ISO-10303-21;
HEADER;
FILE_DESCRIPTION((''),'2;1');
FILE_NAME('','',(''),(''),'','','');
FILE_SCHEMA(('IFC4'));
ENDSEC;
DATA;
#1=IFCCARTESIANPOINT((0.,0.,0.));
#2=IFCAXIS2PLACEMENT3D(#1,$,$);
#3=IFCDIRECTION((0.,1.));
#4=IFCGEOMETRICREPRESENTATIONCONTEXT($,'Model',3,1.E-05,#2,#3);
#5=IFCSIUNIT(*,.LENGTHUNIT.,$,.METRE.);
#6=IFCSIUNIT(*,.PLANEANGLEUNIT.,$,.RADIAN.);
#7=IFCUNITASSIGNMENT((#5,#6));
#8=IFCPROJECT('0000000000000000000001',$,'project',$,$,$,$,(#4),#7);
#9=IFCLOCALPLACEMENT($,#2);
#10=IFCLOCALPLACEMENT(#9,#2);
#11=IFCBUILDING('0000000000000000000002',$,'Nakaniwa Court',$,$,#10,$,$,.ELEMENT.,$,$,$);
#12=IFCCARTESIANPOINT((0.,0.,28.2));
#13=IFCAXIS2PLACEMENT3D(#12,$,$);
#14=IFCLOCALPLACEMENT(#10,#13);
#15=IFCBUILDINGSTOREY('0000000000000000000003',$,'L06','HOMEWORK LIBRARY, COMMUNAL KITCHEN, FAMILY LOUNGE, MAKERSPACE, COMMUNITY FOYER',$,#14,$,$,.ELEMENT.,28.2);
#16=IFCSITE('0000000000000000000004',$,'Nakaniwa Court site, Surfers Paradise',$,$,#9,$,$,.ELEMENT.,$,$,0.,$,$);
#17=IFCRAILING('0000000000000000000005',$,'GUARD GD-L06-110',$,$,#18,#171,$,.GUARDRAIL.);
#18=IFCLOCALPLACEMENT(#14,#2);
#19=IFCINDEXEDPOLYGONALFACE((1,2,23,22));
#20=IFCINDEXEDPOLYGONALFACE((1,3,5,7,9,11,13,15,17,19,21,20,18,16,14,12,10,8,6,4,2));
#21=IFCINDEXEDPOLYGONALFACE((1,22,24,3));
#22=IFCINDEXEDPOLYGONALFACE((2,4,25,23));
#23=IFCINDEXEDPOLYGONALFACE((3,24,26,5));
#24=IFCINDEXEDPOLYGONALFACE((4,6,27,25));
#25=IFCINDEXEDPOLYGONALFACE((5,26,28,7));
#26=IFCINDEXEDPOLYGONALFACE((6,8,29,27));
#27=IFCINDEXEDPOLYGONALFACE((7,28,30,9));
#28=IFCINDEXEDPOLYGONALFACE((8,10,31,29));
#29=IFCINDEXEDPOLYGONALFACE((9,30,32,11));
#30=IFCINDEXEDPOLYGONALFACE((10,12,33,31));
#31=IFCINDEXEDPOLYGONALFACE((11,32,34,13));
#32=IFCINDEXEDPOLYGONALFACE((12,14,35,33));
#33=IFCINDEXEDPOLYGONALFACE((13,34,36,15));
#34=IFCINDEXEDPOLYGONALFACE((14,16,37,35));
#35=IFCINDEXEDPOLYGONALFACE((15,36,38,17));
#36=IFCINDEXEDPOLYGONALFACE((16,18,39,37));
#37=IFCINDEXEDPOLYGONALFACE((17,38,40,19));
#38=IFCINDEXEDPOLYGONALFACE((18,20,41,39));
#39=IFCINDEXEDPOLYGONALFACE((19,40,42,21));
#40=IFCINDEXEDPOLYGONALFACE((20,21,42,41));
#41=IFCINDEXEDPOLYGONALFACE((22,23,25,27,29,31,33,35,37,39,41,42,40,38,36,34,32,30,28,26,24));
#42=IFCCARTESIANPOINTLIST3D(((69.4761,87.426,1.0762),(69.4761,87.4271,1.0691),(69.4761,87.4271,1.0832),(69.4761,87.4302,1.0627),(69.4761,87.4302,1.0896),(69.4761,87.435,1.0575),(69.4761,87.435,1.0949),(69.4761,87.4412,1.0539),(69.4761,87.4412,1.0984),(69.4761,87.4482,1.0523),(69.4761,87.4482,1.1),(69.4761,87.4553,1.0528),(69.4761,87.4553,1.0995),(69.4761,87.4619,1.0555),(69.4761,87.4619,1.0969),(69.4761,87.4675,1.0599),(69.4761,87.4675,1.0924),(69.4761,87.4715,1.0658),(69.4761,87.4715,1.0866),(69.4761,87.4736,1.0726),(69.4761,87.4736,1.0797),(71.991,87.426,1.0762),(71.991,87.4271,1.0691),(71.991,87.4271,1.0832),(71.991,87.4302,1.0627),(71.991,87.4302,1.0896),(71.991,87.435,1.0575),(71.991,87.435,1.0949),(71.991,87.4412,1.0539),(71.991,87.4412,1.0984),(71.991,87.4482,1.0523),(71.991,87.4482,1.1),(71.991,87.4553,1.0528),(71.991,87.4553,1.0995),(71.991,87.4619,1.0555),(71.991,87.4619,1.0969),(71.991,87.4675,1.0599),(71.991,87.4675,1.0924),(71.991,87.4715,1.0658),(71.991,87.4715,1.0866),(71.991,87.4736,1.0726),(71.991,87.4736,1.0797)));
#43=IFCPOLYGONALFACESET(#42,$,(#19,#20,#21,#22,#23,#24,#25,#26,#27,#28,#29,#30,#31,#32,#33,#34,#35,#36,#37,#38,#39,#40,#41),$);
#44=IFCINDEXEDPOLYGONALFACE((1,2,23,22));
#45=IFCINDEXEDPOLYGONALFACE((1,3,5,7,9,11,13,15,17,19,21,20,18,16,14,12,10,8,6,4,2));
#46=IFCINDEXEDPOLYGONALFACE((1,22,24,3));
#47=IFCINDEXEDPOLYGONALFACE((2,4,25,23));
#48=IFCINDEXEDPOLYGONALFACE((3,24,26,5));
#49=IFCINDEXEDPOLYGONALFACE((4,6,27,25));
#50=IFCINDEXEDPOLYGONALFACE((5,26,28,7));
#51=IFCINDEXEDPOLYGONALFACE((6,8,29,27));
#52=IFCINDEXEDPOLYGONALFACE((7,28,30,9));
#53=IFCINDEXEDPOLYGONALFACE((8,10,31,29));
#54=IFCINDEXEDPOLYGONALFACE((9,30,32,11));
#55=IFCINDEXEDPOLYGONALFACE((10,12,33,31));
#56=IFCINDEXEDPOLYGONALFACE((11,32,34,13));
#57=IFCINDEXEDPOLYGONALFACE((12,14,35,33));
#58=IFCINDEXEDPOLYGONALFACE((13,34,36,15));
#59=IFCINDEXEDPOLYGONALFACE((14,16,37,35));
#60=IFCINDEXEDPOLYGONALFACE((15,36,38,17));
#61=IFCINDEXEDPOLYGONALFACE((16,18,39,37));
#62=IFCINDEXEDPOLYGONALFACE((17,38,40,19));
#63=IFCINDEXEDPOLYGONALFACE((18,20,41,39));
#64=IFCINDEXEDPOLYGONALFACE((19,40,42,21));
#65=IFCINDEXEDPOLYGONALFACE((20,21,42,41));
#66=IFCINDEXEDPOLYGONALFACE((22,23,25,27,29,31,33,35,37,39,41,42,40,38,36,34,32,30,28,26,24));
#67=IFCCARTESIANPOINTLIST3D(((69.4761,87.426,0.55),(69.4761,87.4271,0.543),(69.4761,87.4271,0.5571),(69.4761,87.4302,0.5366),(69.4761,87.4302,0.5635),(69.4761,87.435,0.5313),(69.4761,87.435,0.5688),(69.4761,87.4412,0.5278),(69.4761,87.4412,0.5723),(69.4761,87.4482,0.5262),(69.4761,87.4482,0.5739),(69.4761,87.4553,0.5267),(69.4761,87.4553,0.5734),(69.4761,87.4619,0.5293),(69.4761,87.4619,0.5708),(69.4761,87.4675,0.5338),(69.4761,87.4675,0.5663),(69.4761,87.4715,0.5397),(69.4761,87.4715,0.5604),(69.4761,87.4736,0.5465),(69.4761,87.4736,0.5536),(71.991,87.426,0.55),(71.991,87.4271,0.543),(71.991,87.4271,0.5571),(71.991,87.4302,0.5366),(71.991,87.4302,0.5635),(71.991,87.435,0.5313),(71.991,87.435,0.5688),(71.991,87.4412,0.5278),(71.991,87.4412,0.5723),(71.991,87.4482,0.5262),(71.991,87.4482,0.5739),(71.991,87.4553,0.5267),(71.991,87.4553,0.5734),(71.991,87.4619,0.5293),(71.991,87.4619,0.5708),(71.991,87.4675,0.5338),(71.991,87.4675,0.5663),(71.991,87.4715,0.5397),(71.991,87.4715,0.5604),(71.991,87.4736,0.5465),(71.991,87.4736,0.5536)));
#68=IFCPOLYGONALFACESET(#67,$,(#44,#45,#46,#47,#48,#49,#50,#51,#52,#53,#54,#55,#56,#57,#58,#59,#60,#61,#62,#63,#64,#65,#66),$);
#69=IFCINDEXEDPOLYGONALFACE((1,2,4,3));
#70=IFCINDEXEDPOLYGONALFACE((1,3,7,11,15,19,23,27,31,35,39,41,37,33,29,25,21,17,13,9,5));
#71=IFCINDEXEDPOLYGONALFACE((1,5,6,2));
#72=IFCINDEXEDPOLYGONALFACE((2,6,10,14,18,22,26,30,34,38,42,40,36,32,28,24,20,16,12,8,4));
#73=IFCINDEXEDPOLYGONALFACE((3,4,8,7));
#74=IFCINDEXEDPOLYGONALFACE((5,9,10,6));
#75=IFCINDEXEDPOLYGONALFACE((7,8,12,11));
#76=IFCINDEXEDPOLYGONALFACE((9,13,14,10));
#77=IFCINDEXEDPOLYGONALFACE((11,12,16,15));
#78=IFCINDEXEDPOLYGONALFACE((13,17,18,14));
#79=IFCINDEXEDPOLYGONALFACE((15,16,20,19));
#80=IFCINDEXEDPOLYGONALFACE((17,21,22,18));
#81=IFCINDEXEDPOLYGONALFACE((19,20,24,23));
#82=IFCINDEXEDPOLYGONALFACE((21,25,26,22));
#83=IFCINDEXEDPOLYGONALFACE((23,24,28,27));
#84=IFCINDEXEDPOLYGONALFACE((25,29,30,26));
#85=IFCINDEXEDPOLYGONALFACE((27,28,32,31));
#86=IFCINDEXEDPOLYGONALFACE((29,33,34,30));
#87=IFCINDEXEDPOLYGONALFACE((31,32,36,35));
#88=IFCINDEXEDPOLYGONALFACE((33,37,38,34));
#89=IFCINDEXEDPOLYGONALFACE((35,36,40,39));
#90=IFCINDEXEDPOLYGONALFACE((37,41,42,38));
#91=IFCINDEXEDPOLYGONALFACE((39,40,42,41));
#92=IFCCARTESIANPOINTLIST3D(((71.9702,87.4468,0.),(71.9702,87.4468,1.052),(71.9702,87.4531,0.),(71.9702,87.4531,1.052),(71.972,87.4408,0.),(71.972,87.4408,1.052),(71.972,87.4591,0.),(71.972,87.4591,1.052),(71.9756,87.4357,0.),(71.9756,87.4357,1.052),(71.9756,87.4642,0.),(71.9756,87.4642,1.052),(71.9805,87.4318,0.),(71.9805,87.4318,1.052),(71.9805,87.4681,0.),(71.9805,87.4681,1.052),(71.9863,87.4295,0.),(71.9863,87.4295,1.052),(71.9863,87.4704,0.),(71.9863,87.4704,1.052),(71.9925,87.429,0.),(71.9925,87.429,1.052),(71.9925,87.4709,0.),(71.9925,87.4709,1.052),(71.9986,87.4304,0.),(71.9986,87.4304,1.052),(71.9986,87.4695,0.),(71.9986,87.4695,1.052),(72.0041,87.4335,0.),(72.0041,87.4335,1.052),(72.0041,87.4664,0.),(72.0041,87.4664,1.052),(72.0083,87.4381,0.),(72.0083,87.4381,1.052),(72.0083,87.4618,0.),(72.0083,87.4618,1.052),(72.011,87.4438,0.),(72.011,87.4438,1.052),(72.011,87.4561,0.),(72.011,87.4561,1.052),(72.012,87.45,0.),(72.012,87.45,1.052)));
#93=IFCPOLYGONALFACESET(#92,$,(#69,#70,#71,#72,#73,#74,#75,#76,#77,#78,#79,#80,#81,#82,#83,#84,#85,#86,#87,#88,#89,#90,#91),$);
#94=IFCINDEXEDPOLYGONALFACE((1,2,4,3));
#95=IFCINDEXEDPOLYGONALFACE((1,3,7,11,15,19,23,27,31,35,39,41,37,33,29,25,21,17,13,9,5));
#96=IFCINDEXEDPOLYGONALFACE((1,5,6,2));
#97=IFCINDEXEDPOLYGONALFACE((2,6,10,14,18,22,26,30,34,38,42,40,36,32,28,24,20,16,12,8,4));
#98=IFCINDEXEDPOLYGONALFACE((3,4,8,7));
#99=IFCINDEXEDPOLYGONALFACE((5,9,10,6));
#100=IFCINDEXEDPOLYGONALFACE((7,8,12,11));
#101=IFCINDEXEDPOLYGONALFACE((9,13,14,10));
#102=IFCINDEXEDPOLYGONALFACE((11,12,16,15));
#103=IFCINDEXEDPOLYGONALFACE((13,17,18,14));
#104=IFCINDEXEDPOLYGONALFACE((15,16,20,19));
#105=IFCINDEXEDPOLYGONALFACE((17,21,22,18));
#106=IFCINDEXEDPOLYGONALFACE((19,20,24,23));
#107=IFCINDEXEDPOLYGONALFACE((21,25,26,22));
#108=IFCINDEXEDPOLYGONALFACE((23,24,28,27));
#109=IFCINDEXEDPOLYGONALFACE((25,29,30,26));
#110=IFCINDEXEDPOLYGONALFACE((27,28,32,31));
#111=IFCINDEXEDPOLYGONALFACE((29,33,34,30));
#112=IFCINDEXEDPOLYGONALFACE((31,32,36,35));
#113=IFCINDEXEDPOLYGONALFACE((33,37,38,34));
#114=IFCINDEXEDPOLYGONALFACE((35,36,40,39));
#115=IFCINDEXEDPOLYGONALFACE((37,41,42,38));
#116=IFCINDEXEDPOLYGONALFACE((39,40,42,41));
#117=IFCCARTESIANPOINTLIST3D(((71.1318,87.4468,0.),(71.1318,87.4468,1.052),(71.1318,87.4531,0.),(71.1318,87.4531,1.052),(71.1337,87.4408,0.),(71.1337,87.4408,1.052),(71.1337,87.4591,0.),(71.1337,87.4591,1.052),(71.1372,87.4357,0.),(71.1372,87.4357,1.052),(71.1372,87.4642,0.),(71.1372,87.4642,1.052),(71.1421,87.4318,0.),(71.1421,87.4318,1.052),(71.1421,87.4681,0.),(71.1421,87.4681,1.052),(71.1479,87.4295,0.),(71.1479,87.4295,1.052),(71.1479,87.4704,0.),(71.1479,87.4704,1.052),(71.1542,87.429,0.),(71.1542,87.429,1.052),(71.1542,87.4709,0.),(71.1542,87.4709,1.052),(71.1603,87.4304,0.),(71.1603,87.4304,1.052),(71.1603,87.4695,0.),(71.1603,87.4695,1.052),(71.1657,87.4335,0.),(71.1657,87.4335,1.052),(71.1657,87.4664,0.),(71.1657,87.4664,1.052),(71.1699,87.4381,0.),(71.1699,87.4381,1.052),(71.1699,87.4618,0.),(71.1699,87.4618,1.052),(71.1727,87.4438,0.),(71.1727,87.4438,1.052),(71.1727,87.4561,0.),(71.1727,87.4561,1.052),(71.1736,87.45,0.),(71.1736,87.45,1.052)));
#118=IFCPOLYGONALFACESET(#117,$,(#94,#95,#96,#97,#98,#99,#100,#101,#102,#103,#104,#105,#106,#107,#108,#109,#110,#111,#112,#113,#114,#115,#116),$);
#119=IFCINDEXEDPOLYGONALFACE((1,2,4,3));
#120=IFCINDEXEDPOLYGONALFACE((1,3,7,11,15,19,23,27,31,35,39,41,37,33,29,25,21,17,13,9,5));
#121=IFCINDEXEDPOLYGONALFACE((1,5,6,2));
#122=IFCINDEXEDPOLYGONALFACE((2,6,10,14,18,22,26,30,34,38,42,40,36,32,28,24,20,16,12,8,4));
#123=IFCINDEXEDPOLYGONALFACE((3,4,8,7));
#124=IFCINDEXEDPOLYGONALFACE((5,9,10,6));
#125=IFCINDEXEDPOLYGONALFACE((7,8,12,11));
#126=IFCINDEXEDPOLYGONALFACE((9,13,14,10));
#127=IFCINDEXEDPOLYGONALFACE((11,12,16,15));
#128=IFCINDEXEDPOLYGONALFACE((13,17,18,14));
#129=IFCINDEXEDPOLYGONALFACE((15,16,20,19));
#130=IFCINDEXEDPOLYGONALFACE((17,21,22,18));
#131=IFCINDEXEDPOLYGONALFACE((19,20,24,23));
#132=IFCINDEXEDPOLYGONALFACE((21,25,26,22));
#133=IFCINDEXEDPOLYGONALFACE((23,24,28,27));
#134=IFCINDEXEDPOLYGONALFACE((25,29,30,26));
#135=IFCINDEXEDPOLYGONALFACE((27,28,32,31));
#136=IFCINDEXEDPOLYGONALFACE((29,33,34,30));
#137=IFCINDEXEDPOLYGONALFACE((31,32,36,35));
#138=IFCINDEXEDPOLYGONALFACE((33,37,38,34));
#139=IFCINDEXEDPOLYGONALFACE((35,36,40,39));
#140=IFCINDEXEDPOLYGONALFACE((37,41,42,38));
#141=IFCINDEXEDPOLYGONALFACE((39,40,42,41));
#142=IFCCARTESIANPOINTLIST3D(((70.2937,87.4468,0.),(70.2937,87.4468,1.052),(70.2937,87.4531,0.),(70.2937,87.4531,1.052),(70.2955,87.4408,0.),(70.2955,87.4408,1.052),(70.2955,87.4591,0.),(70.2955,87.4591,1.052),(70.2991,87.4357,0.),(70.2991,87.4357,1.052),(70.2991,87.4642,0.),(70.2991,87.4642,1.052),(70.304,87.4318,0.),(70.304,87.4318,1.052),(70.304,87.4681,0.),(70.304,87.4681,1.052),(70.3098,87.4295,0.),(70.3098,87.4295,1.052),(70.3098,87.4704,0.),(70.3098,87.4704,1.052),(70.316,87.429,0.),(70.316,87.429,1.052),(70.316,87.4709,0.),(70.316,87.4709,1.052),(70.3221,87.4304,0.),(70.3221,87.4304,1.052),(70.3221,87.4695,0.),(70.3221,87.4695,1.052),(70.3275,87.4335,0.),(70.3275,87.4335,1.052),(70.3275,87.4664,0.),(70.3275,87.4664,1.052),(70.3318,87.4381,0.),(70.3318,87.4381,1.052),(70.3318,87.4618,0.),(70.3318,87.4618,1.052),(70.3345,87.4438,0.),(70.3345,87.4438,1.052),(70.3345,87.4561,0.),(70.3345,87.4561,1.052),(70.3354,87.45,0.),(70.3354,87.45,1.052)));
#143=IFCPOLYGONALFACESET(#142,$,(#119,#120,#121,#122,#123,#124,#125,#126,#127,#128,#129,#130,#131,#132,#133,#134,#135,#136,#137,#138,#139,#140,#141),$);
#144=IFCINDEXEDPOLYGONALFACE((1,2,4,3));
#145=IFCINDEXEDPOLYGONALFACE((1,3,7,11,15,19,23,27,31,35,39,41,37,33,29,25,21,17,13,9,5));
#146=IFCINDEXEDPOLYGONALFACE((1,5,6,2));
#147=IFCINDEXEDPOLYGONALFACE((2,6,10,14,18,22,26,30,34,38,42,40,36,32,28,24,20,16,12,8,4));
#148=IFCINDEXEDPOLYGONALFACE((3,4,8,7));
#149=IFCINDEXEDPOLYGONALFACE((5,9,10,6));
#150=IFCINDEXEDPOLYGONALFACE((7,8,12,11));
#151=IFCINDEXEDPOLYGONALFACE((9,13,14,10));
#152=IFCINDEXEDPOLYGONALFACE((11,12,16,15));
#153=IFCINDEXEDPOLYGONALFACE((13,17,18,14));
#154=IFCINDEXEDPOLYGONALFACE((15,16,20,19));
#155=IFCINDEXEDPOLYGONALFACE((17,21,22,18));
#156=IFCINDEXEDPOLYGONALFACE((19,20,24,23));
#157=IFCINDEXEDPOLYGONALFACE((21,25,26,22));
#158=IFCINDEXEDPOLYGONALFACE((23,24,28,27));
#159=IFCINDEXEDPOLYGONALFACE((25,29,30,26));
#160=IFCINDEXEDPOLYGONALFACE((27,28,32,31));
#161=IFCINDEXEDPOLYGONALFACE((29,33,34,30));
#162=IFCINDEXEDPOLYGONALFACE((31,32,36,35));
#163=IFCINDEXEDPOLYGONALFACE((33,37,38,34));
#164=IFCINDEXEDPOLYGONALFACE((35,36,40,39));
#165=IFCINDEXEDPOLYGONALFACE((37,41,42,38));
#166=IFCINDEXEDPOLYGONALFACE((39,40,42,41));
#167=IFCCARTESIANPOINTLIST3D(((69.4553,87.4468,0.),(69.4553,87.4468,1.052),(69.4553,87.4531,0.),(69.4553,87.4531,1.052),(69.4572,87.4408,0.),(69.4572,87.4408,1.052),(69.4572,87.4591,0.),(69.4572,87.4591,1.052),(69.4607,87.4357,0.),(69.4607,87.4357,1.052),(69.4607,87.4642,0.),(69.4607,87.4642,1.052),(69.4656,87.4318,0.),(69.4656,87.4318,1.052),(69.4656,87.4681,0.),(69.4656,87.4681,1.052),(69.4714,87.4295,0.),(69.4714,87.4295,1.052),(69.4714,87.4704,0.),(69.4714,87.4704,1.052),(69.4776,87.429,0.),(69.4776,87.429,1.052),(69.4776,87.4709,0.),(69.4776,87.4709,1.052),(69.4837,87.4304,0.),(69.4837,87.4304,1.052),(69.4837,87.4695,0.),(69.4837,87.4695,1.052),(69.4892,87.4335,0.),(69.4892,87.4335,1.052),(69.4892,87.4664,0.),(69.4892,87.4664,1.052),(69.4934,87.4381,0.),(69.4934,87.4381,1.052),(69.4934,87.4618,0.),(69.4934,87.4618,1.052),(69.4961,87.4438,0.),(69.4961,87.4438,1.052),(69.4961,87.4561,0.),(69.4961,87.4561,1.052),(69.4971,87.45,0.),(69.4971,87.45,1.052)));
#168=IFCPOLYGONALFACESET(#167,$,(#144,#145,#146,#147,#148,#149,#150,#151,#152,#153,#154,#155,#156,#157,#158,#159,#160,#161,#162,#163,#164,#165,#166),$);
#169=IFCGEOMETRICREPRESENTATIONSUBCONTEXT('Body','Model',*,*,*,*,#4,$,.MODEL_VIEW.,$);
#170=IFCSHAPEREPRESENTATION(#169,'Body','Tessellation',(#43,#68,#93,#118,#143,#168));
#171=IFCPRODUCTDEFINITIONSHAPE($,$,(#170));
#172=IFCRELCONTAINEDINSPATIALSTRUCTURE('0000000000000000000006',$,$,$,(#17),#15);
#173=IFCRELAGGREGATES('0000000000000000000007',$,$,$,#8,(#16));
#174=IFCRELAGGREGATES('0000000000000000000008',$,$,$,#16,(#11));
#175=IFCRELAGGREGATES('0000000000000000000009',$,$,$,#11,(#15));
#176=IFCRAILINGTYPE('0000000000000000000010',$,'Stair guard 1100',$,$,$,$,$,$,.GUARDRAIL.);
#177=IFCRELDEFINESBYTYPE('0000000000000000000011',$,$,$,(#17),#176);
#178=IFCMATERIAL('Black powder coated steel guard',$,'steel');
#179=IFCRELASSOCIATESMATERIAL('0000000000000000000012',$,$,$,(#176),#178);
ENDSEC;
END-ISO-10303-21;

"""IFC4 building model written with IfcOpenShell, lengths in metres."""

from ifc_helpers import new_model, si_unit, direction, frame, origin, origin_2d, place, context, subcontext, project, spatial, circle, extrude, material, type_object, element, save


model = new_model("IFC4")

# Units and contexts
model_context = context("Model", 3, precision=1e-05, world=origin(), true_north=direction((0.0, 1.0)))
body_context = subcontext(model_context, "Body", "Model", "MODEL_VIEW")
ifc_project = project(units=[si_unit("LENGTHUNIT", "METRE"), si_unit("PLANEANGLEUNIT", "RADIAN")], contexts=[model_context])

# Site, building, storey
site_placement = place(None, origin())
site = spatial("IfcSite", under=ifc_project, at=site_placement, Name="Nakaniwa Court site, Surfers Paradise", CompositionType="ELEMENT", RefElevation=0.0)
building_placement = place(site_placement, origin())
building = spatial("IfcBuilding", under=site, at=building_placement, Name="Nakaniwa Court", CompositionType="ELEMENT")
storey_placement = place(building_placement, frame((0.0, 0.0, 28.2)))
storey = spatial("IfcBuildingStorey", under=building, at=storey_placement, Name="L06", Description="HOMEWORK LIBRARY, COMMUNAL KITCHEN, FAMILY LOUNGE, MAKERSPACE, COMMUNITY FOYER", CompositionType="ELEMENT", Elevation=28.2)

# Railing
ifc_material_1 = material(Name="Black powder coated steel guard", Category="steel")
railing_type = type_object("IfcRailingType", Name="Stair guard 1100", PredefinedType="GUARDRAIL", material=ifc_material_1)
railing_1_placement = place(storey_placement, frame((71.991, 87.45, 0.0)))
element("IfcRailing", 1, at=railing_1_placement, inside=storey, type_object=railing_type, Name="GUARD GD-L06-110", PredefinedType="GUARDRAIL", context=body_context, shape_type="SweptSolid", body=[
    extrude(circle(Radius=0.0239, at=origin_2d()), frame((0.0, 0.0, 1.0762), z_axis=(-1.0, 0.0, 0.0), x_axis=(0.0, -1.0, 0.0)), (0.0, 0.0, 1.0), 2.5149),
    extrude(circle(Radius=0.0239, at=origin_2d()), frame((0.0, 0.0, 0.55), z_axis=(-1.0, 0.0, 0.0), x_axis=(0.0, -1.0, 0.0)), (0.0, 0.0, 1.0), 2.5149),
    extrude(circle(Radius=0.021, at=origin_2d()), origin(), (0.0, 0.0, 1.0), 1.052),
    extrude(circle(Radius=0.021, at=origin_2d()), frame((-0.8384, 0.0, 0.0)), (0.0, 0.0, 1.0), 1.052),
    extrude(circle(Radius=0.021, at=origin_2d()), frame((-1.6765, 0.0, 0.0)), (0.0, 0.0, 1.0), 1.052),
    extrude(circle(Radius=0.021, at=origin_2d()), frame((-2.5149, 0.0, 0.0)), (0.0, 0.0, 1.0), 1.052),
])

save(model, "model.ifc")
